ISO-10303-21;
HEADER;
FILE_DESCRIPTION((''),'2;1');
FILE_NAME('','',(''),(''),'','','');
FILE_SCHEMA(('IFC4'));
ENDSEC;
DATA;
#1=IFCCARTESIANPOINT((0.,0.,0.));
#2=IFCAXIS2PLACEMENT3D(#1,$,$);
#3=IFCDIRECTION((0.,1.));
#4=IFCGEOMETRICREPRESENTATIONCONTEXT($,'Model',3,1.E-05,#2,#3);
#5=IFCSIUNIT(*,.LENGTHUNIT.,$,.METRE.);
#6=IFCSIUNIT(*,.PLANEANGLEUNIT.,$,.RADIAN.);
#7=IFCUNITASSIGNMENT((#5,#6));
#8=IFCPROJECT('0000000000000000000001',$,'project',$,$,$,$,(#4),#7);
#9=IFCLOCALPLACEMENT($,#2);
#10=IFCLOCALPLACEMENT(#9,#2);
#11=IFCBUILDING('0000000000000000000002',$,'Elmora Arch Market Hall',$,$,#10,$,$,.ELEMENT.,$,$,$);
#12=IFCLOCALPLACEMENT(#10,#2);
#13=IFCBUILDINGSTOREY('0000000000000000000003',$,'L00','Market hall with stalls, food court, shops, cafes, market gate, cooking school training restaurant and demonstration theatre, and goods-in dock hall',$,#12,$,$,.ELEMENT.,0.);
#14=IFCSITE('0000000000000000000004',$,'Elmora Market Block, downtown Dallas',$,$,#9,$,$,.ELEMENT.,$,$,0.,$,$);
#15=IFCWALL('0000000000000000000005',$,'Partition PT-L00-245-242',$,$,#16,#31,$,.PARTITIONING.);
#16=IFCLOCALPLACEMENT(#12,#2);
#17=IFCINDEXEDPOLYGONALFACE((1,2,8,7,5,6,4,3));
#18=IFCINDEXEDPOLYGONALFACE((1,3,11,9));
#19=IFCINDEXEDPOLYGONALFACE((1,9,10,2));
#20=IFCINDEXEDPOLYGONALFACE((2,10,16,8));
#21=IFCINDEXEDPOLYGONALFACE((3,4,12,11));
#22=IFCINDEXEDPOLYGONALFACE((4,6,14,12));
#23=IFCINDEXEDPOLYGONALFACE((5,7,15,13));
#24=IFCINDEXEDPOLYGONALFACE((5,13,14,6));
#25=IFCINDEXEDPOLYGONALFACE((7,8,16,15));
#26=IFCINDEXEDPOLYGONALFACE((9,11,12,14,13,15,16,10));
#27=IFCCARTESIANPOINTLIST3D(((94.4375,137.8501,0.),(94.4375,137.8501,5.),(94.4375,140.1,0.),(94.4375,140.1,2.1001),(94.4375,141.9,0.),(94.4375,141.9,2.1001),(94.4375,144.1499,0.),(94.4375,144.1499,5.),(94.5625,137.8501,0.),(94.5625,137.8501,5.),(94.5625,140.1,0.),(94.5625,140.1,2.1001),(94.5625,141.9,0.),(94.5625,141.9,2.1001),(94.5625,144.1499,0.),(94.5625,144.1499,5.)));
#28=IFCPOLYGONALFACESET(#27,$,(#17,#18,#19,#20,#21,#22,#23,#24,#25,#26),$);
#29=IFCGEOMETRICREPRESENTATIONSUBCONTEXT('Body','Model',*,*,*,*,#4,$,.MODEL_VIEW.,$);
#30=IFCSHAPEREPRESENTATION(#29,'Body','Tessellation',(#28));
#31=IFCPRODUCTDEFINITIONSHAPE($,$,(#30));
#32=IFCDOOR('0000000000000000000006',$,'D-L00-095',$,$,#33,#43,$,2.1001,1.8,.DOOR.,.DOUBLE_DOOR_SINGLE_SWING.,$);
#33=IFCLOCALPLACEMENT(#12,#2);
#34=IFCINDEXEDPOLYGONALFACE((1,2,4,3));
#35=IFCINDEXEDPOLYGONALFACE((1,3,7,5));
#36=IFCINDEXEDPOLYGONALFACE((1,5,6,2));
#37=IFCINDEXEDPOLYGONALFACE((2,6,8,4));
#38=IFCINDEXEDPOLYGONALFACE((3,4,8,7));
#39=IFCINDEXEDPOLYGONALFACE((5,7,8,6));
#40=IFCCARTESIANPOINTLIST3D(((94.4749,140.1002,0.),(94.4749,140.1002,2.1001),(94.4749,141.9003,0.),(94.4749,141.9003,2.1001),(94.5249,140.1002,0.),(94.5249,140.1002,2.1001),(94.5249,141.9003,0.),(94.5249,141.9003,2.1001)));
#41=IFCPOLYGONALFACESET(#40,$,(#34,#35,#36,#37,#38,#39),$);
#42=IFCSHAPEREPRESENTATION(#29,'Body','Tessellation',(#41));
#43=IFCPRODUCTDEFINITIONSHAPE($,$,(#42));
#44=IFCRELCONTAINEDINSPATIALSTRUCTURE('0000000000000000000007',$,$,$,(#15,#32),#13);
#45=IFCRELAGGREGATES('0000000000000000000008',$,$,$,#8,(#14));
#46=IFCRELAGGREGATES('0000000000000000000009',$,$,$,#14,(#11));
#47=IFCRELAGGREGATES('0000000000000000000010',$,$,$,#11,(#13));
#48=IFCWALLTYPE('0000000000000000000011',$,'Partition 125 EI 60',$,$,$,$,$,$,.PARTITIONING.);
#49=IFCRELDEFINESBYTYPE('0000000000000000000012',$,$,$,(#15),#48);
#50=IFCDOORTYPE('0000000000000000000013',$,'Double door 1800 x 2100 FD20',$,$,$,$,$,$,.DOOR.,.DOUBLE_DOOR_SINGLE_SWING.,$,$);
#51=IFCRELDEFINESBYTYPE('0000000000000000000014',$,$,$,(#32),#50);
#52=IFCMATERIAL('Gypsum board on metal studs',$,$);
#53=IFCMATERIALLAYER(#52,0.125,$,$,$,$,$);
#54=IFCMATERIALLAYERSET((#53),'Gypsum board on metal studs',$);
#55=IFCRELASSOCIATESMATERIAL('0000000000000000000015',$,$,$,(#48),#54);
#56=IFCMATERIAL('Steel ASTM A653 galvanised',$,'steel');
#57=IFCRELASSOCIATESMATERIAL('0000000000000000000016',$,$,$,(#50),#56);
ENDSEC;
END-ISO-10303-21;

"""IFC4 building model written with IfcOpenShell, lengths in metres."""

from ifc_helpers import new_model, si_unit, direction, frame, frame_2d, origin, place, context, subcontext, project, spatial, rectangle, extrude, material, layer, layer_set, type_object, element, fill, save


model = new_model("IFC4")

# Units and contexts
model_context = context("Model", 3, precision=1e-05, world=origin(), true_north=direction((0.0, 1.0)))
body_context = subcontext(model_context, "Body", "Model", "MODEL_VIEW")
ifc_project = project(units=[si_unit("LENGTHUNIT", "METRE"), si_unit("PLANEANGLEUNIT", "RADIAN")], contexts=[model_context])

# Site, building, storey
site_placement = place(None, origin())
site = spatial("IfcSite", under=ifc_project, at=site_placement, Name="Elmora Market Block, downtown Dallas", CompositionType="ELEMENT", RefElevation=0.0)
building_placement = place(site_placement, origin())
building = spatial("IfcBuilding", under=site, at=building_placement, Name="Elmora Arch Market Hall", CompositionType="ELEMENT")
storey_placement = place(building_placement, origin())
storey = spatial("IfcBuildingStorey", under=building, at=storey_placement, Name="L00", Description="Market hall with stalls, food court, shops, cafes, market gate, cooking school training restaurant and demonstration theatre, and goods-in dock hall", CompositionType="ELEMENT", Elevation=0.0)

# Wall, opening, door
ifc_material_1 = material(Name="Gypsum board on metal studs")
ifc_layer_1 = layer(ifc_material_1, 0.125)
ifc_layer_set_1 = layer_set([ifc_layer_1], Name="Gypsum board on metal studs")
wall_type_1 = type_object("IfcWallType", Name="Partition 125 EI 60", PredefinedType="PARTITIONING", material=ifc_layer_set_1)
wall_1_placement = place(storey_placement, frame((94.5, 137.8501, 0.0), z_axis=(0.0, 0.0, 1.0), x_axis=(0.0, 1.0, 0.0)))
wall_1 = element("IfcWall", 1, at=wall_1_placement, inside=storey, type_object=wall_type_1, Name="Partition PT-L00-245-242", PredefinedType="PARTITIONING", context=body_context, shape_type="SweptSolid", body=[
    extrude(rectangle(XDim=6.2998, YDim=0.125, at=frame_2d((3.1499, 0.0))), origin(), (0.0, 0.0, 1.0), 5.0),
])
opening_1_placement = place(wall_1_placement, frame((2.25, 0.0, 0.0)))
opening_1 = element("IfcOpeningElement", 2, at=opening_1_placement, cuts=wall_1, PredefinedType="OPENING", context=body_context, shape_type="SweptSolid", body=[
    extrude(rectangle(XDim=1.8, YDim=2.1001, at=frame_2d((0.8999, 1.05))), frame((0.0, 0.0725, 0.0), z_axis=(0.0, -1.0, 0.0), x_axis=(1.0, 0.0, 0.0)), (0.0, 0.0, 1.0), 0.145),
])
ifc_material_2 = material(Name="Steel ASTM A653 galvanised", Category="steel")
door_type = type_object("IfcDoorType", Name="Double door 1800 x 2100 FD20", OperationType="DOUBLE_DOOR_SINGLE_SWING", PredefinedType="DOOR", material=ifc_material_2)
door_placement = place(opening_1_placement, frame((1.8, 0.0, 0.0), z_axis=(0.0, 0.0, 1.0), x_axis=(-1.0, 0.0, 0.0)))
door = element("IfcDoor", 3, at=door_placement, inside=storey, type_object=door_type, Name="D-L00-095", OperationType="DOUBLE_DOOR_SINGLE_SWING", OverallHeight=2.1001, OverallWidth=1.8, PredefinedType="DOOR", context=body_context, shape_type="SweptSolid", body=[
    extrude(rectangle(XDim=1.8, YDim=2.1001, at=frame_2d((0.8999, 1.05))), frame((0.0, 0.0249, 0.0), z_axis=(0.0, -1.0, 0.0), x_axis=(1.0, 0.0, 0.0)), (0.0, 0.0, 1.0), 0.05),
])
fill(opening_1, door)

save(model, "model.ifc")
